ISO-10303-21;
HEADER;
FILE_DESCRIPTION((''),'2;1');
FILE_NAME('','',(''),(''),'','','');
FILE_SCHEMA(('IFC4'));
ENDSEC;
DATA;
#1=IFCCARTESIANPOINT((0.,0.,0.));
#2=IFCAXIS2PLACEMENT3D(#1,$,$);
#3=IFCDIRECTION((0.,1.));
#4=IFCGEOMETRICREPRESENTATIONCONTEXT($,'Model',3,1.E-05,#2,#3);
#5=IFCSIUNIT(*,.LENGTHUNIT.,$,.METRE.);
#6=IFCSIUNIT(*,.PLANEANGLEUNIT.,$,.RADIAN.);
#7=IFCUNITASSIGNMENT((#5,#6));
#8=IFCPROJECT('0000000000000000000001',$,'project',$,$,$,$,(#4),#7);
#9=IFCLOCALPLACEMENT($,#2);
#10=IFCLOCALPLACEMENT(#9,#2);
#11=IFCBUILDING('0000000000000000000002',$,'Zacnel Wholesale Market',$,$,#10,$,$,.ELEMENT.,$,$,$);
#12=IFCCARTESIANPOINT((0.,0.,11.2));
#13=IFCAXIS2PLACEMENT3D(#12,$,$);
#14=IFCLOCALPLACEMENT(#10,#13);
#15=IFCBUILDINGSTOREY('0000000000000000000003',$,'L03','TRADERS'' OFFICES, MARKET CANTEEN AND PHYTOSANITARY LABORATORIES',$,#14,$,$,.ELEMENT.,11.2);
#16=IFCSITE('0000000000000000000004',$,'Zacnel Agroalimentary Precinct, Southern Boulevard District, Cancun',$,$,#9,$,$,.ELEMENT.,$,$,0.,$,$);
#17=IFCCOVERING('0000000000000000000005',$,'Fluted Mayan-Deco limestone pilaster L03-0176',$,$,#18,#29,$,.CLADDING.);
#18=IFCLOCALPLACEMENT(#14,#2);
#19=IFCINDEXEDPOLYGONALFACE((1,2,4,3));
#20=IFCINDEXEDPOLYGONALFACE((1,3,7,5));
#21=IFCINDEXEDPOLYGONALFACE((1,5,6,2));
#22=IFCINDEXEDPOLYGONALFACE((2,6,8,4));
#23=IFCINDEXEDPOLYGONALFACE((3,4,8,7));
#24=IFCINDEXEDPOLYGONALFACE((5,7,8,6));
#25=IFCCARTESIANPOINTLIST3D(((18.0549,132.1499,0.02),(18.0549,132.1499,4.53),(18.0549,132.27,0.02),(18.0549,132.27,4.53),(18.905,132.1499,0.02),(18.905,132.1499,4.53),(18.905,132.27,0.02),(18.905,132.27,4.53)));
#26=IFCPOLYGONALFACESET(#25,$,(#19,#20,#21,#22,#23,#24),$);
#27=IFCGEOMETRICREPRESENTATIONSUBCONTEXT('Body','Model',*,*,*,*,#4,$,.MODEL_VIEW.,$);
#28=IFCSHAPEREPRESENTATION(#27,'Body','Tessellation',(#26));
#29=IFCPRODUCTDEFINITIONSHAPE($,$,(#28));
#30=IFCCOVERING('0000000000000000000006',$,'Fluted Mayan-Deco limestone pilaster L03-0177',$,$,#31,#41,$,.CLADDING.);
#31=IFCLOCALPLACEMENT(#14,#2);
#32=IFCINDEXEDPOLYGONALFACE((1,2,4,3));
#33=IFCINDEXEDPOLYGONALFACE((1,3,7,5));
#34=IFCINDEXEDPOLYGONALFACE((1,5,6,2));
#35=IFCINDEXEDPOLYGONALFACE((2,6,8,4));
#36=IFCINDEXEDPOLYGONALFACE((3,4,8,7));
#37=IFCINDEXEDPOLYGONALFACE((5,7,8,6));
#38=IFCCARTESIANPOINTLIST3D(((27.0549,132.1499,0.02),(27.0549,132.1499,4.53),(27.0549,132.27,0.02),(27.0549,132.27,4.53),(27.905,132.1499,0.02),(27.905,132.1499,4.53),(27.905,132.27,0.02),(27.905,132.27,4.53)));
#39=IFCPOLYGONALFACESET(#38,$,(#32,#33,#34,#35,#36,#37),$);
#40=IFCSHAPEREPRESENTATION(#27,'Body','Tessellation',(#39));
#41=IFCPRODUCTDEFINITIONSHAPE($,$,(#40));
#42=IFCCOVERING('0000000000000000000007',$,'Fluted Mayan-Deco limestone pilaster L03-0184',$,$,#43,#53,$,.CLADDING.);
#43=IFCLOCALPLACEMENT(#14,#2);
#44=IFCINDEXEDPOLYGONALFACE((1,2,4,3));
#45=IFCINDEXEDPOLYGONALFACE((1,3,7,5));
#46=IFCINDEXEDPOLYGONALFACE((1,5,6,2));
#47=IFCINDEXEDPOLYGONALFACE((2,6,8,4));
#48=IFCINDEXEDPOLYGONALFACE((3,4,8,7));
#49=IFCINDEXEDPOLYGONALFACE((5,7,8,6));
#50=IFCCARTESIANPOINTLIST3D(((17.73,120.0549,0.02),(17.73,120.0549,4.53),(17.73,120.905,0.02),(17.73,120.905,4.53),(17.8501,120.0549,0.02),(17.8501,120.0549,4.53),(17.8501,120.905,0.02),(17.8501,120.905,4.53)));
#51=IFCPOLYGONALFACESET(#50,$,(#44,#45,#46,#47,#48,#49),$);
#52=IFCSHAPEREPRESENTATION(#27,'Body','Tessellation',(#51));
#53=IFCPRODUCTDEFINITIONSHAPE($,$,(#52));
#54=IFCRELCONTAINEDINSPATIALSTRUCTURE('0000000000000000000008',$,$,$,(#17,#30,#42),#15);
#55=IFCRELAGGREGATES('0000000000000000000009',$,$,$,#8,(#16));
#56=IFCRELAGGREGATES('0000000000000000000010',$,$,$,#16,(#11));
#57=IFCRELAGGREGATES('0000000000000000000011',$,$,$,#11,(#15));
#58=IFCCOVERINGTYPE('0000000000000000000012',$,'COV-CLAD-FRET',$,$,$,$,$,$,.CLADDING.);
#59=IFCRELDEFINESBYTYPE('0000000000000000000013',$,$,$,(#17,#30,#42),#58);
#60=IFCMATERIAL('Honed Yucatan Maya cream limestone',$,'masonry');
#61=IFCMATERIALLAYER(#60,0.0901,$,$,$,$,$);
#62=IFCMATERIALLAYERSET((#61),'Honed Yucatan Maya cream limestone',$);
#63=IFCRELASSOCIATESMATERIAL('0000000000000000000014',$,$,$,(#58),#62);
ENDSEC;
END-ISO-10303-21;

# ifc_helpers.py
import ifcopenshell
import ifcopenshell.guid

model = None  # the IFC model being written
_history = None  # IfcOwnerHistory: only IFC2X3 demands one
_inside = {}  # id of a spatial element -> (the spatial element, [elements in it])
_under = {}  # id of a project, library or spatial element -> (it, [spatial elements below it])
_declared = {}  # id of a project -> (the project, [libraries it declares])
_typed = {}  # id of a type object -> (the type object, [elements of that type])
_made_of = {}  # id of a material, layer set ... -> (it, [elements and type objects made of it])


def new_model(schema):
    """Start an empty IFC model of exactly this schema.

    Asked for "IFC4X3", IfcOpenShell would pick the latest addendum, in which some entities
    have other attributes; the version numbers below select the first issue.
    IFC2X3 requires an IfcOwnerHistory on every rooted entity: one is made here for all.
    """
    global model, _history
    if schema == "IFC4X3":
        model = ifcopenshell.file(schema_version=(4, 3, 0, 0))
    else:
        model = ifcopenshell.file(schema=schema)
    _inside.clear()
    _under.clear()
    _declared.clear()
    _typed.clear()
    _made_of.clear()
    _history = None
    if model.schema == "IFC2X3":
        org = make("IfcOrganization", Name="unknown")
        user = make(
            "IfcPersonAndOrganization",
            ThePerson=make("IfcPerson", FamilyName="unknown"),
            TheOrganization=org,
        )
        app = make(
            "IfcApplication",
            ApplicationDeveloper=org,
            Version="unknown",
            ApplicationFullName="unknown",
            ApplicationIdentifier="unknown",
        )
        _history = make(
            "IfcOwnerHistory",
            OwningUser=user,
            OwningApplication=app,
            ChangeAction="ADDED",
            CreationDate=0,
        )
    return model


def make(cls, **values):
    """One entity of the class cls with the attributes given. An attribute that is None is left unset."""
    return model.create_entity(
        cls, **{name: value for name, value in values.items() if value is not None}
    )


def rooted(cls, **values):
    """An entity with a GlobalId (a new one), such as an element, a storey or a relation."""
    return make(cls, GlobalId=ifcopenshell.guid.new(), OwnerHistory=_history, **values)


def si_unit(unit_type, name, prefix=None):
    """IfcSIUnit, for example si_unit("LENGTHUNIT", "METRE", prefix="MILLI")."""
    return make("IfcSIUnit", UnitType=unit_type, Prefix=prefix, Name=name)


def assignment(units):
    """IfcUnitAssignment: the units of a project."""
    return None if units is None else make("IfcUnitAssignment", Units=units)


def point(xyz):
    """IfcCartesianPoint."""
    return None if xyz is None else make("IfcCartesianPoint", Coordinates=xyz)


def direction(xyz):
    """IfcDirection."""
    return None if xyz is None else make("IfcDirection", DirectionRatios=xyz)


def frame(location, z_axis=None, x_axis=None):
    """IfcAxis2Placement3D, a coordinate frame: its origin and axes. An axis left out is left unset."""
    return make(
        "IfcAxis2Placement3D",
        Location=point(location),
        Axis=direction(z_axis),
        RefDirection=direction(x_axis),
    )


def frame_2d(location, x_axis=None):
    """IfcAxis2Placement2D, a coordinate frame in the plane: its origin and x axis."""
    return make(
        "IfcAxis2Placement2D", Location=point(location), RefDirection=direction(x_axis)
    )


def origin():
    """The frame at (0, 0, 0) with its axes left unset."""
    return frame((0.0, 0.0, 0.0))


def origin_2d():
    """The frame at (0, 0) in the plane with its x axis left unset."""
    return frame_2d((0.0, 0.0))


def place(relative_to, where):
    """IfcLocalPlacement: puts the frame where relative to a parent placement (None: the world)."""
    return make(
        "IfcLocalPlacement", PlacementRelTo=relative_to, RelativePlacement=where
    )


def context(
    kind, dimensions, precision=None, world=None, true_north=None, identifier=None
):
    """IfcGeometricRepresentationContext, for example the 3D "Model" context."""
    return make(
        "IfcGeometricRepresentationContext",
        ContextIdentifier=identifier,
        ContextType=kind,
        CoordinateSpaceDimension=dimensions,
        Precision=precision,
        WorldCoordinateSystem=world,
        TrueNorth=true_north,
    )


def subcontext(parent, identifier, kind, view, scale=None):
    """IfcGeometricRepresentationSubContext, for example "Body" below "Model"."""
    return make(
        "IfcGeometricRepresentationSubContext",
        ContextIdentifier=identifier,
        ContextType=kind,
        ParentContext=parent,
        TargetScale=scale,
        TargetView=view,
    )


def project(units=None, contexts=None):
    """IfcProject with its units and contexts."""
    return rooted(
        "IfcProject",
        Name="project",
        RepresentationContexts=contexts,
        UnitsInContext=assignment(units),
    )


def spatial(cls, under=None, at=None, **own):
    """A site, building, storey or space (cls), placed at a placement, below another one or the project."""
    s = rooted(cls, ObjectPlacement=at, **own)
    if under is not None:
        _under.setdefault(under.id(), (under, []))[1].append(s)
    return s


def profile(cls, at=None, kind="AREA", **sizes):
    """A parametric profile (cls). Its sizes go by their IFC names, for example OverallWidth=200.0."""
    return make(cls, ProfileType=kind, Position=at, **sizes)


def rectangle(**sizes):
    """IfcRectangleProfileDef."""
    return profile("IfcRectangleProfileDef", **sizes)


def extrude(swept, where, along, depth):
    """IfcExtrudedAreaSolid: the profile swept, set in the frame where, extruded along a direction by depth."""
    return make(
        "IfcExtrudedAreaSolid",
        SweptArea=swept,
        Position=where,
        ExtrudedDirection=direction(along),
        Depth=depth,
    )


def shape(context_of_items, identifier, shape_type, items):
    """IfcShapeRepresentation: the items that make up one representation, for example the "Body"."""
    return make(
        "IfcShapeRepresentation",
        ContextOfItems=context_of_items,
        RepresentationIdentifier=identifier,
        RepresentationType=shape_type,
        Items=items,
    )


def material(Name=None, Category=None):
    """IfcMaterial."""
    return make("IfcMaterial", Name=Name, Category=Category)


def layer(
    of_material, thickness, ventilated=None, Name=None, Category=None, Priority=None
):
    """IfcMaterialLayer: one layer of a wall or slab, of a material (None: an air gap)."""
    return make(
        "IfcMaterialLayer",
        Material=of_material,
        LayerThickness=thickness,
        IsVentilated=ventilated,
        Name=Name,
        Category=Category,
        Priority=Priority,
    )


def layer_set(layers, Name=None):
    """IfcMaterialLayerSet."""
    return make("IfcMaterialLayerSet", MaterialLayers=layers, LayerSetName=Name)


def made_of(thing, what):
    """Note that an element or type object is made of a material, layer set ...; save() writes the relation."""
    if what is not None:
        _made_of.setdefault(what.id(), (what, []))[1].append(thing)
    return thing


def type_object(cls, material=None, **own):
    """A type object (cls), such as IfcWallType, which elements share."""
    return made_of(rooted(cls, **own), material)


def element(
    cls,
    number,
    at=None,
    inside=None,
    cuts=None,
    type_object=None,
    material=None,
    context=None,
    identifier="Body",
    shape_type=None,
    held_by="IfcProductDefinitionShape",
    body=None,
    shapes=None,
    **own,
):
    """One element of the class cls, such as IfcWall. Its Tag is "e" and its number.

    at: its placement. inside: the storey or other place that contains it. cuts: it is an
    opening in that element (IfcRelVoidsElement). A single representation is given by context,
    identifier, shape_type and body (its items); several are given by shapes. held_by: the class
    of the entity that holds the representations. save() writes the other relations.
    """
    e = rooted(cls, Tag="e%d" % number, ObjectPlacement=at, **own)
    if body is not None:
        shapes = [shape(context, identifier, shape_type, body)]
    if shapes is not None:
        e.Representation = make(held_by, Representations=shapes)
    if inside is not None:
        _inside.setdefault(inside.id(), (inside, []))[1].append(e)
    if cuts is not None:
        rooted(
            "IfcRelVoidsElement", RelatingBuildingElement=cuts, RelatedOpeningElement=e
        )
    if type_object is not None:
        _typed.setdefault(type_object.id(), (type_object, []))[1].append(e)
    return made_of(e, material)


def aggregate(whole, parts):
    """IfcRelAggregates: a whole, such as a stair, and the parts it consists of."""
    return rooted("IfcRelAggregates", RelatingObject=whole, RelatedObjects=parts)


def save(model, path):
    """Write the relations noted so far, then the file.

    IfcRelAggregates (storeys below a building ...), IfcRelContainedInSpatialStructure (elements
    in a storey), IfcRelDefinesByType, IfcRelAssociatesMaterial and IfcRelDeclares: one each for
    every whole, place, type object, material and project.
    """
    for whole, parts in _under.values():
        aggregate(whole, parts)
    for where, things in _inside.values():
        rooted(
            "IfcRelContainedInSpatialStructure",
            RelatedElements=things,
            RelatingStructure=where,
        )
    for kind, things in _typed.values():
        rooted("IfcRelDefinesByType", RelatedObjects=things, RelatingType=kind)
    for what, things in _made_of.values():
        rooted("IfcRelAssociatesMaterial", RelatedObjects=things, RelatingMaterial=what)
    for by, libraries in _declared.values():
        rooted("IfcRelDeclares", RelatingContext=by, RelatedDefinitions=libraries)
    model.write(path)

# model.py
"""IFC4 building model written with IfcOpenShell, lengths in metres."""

from ifc_helpers import new_model, si_unit, direction, frame, origin, origin_2d, place, context, subcontext, project, spatial, rectangle, extrude, material, layer, layer_set, type_object, element, save


model = new_model("IFC4")

# Units and contexts
model_context = context("Model", 3, precision=1e-05, world=origin(), true_north=direction((0.0, 1.0)))
body_context = subcontext(model_context, "Body", "Model", "MODEL_VIEW")
ifc_project = project(units=[si_unit("LENGTHUNIT", "METRE"), si_unit("PLANEANGLEUNIT", "RADIAN")], contexts=[model_context])

# Site, building, storey
site_placement = place(None, origin())
site = spatial("IfcSite", under=ifc_project, at=site_placement, Name="Zacnel Agroalimentary Precinct, Southern Boulevard District, Cancun", CompositionType="ELEMENT", RefElevation=0.0)
building_placement = place(site_placement, origin())
building = spatial("IfcBuilding", under=site, at=building_placement, Name="Zacnel Wholesale Market", CompositionType="ELEMENT")
storey_placement = place(building_placement, frame((0.0, 0.0, 11.2)))
storey = spatial("IfcBuildingStorey", under=building, at=storey_placement, Name="L03", Description="TRADERS' OFFICES, MARKET CANTEEN AND PHYTOSANITARY LABORATORIES", CompositionType="ELEMENT", Elevation=11.2)

# Coverings
ifc_material_1 = material(Name="Honed Yucatan Maya cream limestone", Category="masonry")
ifc_layer_1 = layer(ifc_material_1, 0.0901)
ifc_layer_set_1 = layer_set([ifc_layer_1], Name="Honed Yucatan Maya cream limestone")
covering_type = type_object("IfcCoveringType", Name="COV-CLAD-FRET", PredefinedType="CLADDING", material=ifc_layer_set_1)
for number, where, z_axis, x_axis, name in (
    (1, (18.48, 132.21, 0.02), (0.0, 0.0, 1.0), (1.0, 0.0, 0.0), "Fluted Mayan-Deco limestone pilaster L03-0176"),
    (2, (27.48, 132.21, 0.02), (0.0, 0.0, 1.0), (1.0, 0.0, 0.0), "Fluted Mayan-Deco limestone pilaster L03-0177"),
    (3, (17.79, 120.48, 0.02), (0.0, 0.0, 1.0), (0.0, 1.0, 0.0), "Fluted Mayan-Deco limestone pilaster L03-0184"),
):
    element("IfcCovering", number, at=place(storey_placement, frame(where, z_axis=z_axis, x_axis=x_axis)), inside=storey, type_object=covering_type, Name=name, PredefinedType="CLADDING", context=body_context, shape_type="SweptSolid", body=[
        extrude(rectangle(XDim=0.8501, YDim=0.1201, at=origin_2d()), origin(), (0.0, 0.0, 1.0), 4.51),
    ])

save(model, "model.ifc")
